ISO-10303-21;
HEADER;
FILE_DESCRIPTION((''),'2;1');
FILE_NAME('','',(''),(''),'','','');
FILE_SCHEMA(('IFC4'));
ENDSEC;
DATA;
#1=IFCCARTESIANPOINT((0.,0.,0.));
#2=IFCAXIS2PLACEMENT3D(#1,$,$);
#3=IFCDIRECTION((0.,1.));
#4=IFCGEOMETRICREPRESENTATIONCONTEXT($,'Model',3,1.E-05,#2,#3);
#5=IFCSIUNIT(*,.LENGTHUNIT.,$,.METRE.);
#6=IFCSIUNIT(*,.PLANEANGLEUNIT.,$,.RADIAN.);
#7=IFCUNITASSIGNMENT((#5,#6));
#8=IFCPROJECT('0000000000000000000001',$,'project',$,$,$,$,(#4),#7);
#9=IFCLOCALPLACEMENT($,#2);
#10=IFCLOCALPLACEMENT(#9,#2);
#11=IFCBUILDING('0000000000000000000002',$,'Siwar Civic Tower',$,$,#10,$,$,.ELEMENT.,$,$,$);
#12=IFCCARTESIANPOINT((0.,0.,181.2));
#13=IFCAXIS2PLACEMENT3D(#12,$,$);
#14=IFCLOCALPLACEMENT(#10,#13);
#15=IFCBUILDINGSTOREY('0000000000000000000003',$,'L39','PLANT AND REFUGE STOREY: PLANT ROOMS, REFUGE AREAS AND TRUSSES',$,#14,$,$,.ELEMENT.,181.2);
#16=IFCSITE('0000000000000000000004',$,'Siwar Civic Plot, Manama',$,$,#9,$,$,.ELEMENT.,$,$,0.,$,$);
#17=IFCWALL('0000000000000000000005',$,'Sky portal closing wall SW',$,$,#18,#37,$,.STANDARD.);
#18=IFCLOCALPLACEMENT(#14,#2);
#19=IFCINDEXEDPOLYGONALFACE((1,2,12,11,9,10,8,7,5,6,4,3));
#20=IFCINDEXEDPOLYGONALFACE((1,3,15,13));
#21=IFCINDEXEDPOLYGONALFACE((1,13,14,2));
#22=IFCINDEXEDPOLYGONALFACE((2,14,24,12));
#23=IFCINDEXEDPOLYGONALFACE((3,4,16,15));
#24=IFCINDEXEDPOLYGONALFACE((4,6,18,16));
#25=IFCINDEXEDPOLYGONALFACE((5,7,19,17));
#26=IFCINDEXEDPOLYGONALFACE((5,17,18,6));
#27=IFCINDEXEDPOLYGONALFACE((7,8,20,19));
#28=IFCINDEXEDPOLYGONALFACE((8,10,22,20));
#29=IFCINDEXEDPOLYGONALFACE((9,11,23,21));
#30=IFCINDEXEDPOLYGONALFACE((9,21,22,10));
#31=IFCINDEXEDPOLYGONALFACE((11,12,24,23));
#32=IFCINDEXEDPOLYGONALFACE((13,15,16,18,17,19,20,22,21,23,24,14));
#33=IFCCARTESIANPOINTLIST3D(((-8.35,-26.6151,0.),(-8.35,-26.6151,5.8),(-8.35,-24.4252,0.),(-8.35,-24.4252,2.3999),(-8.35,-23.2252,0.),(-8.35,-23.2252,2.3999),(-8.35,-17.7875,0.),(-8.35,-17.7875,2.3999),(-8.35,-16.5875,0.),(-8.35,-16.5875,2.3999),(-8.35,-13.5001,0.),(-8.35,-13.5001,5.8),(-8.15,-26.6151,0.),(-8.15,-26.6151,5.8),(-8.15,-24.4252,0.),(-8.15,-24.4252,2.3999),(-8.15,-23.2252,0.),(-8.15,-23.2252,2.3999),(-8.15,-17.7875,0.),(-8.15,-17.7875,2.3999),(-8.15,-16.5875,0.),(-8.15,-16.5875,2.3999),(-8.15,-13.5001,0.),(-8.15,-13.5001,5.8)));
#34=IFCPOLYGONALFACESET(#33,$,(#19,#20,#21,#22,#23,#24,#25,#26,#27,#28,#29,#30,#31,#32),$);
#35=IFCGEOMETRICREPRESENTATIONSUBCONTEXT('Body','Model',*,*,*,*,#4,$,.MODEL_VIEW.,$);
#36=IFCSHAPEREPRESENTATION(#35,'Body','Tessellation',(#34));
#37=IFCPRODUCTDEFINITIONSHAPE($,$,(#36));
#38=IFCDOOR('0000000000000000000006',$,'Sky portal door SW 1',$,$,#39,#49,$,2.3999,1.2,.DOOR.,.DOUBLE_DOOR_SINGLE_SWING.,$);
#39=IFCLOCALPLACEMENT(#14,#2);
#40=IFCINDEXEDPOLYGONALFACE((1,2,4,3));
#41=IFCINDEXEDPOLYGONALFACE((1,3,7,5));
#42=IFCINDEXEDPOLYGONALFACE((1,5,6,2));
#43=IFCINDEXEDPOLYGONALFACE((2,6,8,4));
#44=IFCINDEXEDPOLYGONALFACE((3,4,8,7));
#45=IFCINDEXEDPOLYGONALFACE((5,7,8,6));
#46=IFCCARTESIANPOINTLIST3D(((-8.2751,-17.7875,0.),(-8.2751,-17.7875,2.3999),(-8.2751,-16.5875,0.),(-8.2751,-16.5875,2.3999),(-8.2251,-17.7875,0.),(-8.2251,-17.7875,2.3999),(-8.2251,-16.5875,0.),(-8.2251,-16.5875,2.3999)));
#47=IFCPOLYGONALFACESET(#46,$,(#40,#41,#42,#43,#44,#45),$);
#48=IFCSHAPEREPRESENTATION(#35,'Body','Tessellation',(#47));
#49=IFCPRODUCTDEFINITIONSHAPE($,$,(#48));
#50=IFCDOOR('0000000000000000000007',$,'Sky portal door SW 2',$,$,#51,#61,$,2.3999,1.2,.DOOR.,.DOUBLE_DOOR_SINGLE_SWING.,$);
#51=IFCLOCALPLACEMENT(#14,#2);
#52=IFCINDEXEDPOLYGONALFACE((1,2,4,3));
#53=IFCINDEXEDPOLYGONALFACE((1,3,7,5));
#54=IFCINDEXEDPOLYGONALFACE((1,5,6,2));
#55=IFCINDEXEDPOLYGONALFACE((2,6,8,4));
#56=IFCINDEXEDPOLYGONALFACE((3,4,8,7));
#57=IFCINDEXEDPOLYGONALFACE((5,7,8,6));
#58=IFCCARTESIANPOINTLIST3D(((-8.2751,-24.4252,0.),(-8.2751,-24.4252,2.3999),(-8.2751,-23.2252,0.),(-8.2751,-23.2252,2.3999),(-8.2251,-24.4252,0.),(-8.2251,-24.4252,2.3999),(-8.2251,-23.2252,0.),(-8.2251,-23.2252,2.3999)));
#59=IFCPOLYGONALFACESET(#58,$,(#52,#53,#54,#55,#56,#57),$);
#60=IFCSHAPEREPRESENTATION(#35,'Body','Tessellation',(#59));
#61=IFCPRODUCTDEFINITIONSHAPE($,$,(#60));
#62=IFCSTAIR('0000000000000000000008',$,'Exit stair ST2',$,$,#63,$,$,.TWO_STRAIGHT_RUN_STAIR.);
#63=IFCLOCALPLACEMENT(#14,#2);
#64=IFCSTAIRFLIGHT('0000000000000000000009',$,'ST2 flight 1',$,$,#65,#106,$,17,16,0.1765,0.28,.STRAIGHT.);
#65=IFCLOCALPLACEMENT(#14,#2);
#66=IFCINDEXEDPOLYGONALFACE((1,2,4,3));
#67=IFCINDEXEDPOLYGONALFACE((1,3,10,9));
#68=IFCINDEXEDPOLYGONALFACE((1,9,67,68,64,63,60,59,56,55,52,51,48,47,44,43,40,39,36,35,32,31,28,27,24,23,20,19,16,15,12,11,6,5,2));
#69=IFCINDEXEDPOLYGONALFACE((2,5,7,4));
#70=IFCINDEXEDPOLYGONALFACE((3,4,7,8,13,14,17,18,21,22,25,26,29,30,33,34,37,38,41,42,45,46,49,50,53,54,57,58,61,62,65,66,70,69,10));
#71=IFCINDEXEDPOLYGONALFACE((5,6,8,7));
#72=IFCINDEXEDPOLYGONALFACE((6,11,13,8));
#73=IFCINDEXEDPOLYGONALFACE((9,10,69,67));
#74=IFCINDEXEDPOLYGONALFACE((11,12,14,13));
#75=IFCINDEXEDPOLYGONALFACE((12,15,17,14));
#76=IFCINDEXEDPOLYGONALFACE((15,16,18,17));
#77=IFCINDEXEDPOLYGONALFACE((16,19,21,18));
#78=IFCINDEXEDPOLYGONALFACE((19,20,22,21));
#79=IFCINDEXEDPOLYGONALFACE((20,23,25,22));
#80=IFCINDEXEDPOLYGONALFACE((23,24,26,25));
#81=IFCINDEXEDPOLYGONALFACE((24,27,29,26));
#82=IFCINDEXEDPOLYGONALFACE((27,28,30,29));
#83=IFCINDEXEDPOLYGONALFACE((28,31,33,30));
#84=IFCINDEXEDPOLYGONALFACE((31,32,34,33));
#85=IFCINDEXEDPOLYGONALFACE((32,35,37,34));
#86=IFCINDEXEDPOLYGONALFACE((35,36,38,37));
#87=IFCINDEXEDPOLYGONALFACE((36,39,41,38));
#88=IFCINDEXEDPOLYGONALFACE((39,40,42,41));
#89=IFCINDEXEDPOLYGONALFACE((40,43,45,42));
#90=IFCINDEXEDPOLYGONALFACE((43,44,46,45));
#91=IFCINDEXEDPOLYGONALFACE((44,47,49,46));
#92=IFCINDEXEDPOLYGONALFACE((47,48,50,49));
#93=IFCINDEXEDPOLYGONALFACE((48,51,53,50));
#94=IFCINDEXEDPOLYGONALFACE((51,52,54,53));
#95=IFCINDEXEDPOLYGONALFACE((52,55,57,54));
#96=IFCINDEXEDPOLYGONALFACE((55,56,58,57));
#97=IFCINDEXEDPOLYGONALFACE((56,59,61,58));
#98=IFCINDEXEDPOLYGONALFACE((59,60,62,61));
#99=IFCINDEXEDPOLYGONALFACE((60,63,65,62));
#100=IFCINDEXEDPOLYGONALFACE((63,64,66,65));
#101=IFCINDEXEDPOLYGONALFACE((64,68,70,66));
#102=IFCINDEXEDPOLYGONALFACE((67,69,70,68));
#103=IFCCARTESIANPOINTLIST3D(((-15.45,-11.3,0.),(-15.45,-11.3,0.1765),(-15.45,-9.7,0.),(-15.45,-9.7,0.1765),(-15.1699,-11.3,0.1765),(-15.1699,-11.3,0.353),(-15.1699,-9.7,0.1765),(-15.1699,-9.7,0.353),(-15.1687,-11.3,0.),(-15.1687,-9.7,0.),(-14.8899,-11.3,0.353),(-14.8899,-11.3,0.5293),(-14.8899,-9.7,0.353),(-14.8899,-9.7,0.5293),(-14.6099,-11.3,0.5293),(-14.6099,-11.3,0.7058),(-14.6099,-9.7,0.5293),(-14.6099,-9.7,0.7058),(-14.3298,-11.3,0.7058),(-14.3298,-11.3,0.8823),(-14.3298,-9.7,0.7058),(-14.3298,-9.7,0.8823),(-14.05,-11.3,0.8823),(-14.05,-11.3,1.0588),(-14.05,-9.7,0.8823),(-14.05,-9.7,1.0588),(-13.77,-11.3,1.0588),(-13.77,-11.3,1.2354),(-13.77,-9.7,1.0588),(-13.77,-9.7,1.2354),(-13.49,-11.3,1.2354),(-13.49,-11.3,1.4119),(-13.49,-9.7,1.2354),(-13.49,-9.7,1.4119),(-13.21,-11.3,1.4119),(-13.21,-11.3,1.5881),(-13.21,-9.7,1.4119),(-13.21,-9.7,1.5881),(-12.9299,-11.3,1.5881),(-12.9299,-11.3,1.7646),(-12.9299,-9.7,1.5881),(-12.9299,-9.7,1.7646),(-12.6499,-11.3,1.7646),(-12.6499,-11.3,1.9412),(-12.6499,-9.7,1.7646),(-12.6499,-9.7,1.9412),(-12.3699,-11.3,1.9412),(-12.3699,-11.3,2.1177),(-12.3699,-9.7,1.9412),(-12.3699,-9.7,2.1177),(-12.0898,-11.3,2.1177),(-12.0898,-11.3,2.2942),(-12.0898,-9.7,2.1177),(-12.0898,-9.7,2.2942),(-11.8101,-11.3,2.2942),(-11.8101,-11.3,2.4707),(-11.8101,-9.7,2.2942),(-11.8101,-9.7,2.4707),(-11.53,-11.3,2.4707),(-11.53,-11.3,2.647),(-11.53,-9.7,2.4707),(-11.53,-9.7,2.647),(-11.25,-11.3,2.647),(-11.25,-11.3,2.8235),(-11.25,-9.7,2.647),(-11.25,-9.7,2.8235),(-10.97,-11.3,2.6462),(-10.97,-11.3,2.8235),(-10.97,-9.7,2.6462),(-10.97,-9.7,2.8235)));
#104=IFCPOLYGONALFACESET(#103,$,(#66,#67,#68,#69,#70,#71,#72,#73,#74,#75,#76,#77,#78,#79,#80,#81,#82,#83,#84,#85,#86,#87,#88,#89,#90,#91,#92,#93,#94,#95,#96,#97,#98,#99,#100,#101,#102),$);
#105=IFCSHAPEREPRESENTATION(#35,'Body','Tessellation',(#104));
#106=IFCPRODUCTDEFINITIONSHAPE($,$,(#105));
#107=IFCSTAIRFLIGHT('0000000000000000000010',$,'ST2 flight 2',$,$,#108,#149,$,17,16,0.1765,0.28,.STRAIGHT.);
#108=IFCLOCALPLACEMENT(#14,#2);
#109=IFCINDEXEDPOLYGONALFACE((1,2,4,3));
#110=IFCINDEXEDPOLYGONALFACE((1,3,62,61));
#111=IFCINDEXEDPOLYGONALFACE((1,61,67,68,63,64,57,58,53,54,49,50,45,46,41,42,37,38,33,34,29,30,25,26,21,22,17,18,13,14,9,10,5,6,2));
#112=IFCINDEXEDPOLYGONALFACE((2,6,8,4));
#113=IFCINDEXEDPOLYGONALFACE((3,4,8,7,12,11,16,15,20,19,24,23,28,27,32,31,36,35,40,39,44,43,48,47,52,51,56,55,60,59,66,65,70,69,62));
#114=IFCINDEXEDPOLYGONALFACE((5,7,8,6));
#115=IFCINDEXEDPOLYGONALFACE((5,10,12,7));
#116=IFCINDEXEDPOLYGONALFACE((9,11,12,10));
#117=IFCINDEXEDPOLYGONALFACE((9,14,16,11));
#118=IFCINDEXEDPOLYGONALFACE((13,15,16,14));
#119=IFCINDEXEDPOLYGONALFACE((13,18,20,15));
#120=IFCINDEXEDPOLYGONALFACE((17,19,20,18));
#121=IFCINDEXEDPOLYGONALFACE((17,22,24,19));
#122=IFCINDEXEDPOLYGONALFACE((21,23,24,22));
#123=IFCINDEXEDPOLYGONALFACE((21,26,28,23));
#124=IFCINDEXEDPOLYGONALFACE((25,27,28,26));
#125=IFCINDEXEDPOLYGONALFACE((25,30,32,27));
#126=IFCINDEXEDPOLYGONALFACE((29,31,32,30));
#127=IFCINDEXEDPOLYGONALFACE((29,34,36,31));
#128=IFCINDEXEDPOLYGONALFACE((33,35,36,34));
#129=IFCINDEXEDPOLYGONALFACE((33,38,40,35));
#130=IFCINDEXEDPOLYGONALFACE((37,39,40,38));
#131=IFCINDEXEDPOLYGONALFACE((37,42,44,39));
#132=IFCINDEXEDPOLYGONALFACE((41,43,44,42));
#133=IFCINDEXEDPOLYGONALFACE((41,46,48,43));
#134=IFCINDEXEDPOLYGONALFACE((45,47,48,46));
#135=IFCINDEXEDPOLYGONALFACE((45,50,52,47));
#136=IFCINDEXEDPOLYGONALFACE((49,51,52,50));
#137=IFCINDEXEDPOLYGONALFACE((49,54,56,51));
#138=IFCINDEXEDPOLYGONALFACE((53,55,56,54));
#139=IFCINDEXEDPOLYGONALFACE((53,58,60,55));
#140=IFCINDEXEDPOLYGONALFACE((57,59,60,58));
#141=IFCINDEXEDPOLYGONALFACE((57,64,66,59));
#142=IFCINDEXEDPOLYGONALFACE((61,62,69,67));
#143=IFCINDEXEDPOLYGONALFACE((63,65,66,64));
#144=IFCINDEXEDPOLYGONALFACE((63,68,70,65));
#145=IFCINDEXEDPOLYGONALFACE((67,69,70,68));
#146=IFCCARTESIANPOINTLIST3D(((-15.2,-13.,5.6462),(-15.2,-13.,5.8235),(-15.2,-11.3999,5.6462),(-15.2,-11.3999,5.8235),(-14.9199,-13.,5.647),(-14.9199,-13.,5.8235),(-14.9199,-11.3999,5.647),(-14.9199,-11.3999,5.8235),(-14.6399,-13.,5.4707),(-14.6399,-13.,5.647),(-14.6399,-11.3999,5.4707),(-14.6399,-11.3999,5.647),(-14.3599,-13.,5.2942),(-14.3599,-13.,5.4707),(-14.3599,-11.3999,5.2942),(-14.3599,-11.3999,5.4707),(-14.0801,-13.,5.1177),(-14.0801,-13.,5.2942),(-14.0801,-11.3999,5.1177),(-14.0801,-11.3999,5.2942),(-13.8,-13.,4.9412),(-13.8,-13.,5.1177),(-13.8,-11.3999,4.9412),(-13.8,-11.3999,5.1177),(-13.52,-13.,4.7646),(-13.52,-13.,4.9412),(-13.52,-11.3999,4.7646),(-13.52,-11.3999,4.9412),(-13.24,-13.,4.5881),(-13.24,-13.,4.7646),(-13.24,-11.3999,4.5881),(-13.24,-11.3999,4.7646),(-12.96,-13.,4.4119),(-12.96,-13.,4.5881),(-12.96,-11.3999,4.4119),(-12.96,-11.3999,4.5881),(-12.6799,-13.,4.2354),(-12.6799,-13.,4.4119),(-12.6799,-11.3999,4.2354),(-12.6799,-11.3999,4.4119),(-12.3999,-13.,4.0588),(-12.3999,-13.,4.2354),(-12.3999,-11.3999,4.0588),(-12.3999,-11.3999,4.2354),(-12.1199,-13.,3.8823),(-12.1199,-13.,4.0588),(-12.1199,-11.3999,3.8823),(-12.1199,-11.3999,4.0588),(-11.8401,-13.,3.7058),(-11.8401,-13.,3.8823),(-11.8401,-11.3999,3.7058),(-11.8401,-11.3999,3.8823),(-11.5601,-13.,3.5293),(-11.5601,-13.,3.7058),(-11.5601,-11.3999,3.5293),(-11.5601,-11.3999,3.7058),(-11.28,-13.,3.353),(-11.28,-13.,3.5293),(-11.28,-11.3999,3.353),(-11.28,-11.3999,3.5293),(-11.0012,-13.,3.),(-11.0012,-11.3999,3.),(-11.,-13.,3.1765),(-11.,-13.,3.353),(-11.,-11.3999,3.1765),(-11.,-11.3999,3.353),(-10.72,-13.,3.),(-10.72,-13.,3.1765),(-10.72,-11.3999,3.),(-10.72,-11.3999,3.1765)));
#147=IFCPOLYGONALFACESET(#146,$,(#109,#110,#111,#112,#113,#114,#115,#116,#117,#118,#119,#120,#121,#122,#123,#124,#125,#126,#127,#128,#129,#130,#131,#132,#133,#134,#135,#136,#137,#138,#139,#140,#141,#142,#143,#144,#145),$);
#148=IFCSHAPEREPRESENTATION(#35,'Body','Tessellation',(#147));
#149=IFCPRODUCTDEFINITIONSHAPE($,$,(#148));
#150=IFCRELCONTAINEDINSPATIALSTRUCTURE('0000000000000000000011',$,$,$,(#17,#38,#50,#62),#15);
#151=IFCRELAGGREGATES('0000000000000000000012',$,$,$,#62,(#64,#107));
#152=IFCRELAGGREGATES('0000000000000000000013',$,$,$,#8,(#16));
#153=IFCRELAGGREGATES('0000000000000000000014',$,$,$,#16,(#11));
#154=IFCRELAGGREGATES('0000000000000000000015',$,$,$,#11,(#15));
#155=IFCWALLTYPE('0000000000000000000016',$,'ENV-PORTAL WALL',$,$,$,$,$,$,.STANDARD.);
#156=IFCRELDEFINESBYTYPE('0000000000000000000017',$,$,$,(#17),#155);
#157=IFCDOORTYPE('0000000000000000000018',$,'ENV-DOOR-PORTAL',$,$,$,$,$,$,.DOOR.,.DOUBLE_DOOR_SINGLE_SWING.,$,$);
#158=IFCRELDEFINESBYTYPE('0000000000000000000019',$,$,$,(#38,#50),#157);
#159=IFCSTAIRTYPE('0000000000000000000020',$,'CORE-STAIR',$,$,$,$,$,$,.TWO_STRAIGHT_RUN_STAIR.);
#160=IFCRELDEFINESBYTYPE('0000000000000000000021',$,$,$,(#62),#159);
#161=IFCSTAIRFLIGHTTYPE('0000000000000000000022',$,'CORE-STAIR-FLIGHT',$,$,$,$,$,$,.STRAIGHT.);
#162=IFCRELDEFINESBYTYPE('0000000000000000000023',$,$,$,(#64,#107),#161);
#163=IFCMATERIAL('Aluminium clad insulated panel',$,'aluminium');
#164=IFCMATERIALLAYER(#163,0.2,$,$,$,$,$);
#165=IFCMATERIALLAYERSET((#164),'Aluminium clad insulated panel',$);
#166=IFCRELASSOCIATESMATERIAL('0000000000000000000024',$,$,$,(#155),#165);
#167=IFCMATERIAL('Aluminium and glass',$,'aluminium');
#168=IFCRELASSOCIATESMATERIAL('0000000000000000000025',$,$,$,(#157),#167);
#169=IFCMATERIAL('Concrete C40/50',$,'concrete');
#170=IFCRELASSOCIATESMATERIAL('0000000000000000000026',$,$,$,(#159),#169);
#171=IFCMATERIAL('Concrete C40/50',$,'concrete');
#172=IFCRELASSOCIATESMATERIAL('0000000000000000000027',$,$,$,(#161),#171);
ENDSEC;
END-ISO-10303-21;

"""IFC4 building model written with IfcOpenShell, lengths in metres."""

from ifc_helpers import new_model, si_unit, direction, frame, frame_2d, origin, place, context, subcontext, project, spatial, polyline, rectangle, outline, extrude, material, layer, layer_set, type_object, element, fill, aggregate, save


model = new_model("IFC4")

# Units and contexts
model_context = context("Model", 3, precision=1e-05, world=origin(), true_north=direction((0.0, 1.0)))
body_context = subcontext(model_context, "Body", "Model", "MODEL_VIEW")
ifc_project = project(units=[si_unit("LENGTHUNIT", "METRE"), si_unit("PLANEANGLEUNIT", "RADIAN")], contexts=[model_context])

# Site, building, storey
site_placement = place(None, origin())
site = spatial("IfcSite", under=ifc_project, at=site_placement, Name="Siwar Civic Plot, Manama", CompositionType="ELEMENT", RefElevation=0.0)
building_placement = place(site_placement, origin())
building = spatial("IfcBuilding", under=site, at=building_placement, Name="Siwar Civic Tower", CompositionType="ELEMENT")
storey_placement = place(building_placement, frame((0.0, 0.0, 181.2)))
storey = spatial("IfcBuildingStorey", under=building, at=storey_placement, Name="L39", Description="PLANT AND REFUGE STOREY: PLANT ROOMS, REFUGE AREAS AND TRUSSES", CompositionType="ELEMENT", Elevation=181.2)

# Wall, openings, doors
ifc_material_1 = material(Name="Aluminium clad insulated panel", Category="aluminium")
ifc_layer_1 = layer(ifc_material_1, 0.2)
ifc_layer_set_1 = layer_set([ifc_layer_1], Name="Aluminium clad insulated panel")
wall_type_1 = type_object("IfcWallType", Name="ENV-PORTAL WALL", PredefinedType="STANDARD", material=ifc_layer_set_1)
wall_1_placement = place(storey_placement, frame((-8.25, -13.5, 0.0), z_axis=(0.0, 0.0, 1.0), x_axis=(0.0, -1.0, 0.0)))
wall_1 = element("IfcWall", 1, at=wall_1_placement, inside=storey, type_object=wall_type_1, Name="Sky portal closing wall SW", PredefinedType="STANDARD", context=body_context, shape_type="SweptSolid", body=[
    extrude(rectangle(XDim=13.115, YDim=0.2, at=frame_2d((6.5576, 0.0))), origin(), (0.0, 0.0, 1.0), 5.8),
])
opening_1_placement = place(wall_1_placement, frame((3.0874, 0.0, 0.0)))
opening_1 = element("IfcOpeningElement", 2, at=opening_1_placement, cuts=wall_1, PredefinedType="OPENING", context=body_context, shape_type="SweptSolid", body=[
    extrude(rectangle(XDim=1.2, YDim=2.3999, at=frame_2d((0.6001, 1.2))), frame((0.0, 0.1099, 0.0), z_axis=(0.0, -1.0, 0.0), x_axis=(1.0, 0.0, 0.0)), (0.0, 0.0, 1.0), 0.22),
])
opening_2_placement = place(wall_1_placement, frame((9.7251, 0.0, 0.0)))
opening_2 = element("IfcOpeningElement", 3, at=opening_2_placement, cuts=wall_1, PredefinedType="OPENING", context=body_context, shape_type="SweptSolid", body=[
    extrude(rectangle(XDim=1.2, YDim=2.3999, at=frame_2d((0.6001, 1.2))), frame((0.0, 0.1099, 0.0), z_axis=(0.0, -1.0, 0.0), x_axis=(1.0, 0.0, 0.0)), (0.0, 0.0, 1.0), 0.22),
])
ifc_material_2 = material(Name="Aluminium and glass", Category="aluminium")
door_type = type_object("IfcDoorType", Name="ENV-DOOR-PORTAL", OperationType="DOUBLE_DOOR_SINGLE_SWING", PredefinedType="DOOR", material=ifc_material_2)
door_1_placement = place(opening_1_placement, origin())
door_1 = element("IfcDoor", 4, at=door_1_placement, inside=storey, type_object=door_type, Name="Sky portal door SW 1", OperationType="DOUBLE_DOOR_SINGLE_SWING", OverallHeight=2.3999, OverallWidth=1.2, PredefinedType="DOOR", context=body_context, shape_type="SweptSolid", body=[
    extrude(rectangle(XDim=1.2, YDim=2.3999, at=frame_2d((0.6001, 1.2))), frame((0.0, 0.0249, 0.0), z_axis=(0.0, -1.0, 0.0), x_axis=(1.0, 0.0, 0.0)), (0.0, 0.0, 1.0), 0.05),
])
fill(opening_1, door_1)
door_2_placement = place(opening_2_placement, origin())
door_2 = element("IfcDoor", 5, at=door_2_placement, inside=storey, type_object=door_type, Name="Sky portal door SW 2", OperationType="DOUBLE_DOOR_SINGLE_SWING", OverallHeight=2.3999, OverallWidth=1.2, PredefinedType="DOOR", context=body_context, shape_type="SweptSolid", body=[
    extrude(rectangle(XDim=1.2, YDim=2.3999, at=frame_2d((0.6001, 1.2))), frame((0.0, 0.0249, 0.0), z_axis=(0.0, -1.0, 0.0), x_axis=(1.0, 0.0, 0.0)), (0.0, 0.0, 1.0), 0.05),
])
fill(opening_2, door_2)

# Stair, stair flights
ifc_material_3 = material(Name="Concrete C40/50", Category="concrete")
stair_type = type_object("IfcStairType", Name="CORE-STAIR", PredefinedType="TWO_STRAIGHT_RUN_STAIR", material=ifc_material_3)
stair_placement = place(storey_placement, origin())
stair = element("IfcStair", 6, at=stair_placement, inside=storey, type_object=stair_type, Name="Exit stair ST2", PredefinedType="TWO_STRAIGHT_RUN_STAIR")
ifc_material_4 = material(Name="Concrete C40/50", Category="concrete")
stair_flight_type = type_object("IfcStairFlightType", Name="CORE-STAIR-FLIGHT", PredefinedType="STRAIGHT", material=ifc_material_4)
stair_flight_1_placement = place(storey_placement, frame((-15.45, -10.5, 0.0), z_axis=(0.0, 0.0, 1.0), x_axis=(1.0, 0.0, 0.0)))
stair_flight_1 = element("IfcStairFlight", 7, at=stair_flight_1_placement, type_object=stair_flight_type, Name="ST2 flight 1", NumberOfRisers=17, NumberOfTreads=16, PredefinedType="STRAIGHT", RiserHeight=0.1765, TreadLength=0.28, context=body_context, shape_type="SweptSolid", body=[
    extrude(outline(polyline([(0.0, 0.0), (0.0, 0.1765), (0.28, 0.1765), (0.28, 0.353), (0.5601, 0.353), (0.5601, 0.5293), (0.8401, 0.5293), (0.8401, 0.7058), (1.1201, 0.7058), (1.1201, 0.8823), (1.3999, 0.8823), (1.3999, 1.0588), (1.6799, 1.0588), (1.6799, 1.2354), (1.96, 1.2354), (1.96, 1.4119), (2.24, 1.4119), (2.24, 1.5881), (2.52, 1.5881), (2.52, 1.7646), (2.8, 1.7646), (2.8, 1.9412), (3.0801, 1.9412), (3.0801, 2.1177), (3.3601, 2.1177), (3.3601, 2.2942), (3.6399, 2.2942), (3.6399, 2.4707), (3.9199, 2.4707), (3.9199, 2.647), (4.2, 2.647), (4.2, 2.8235), (4.48, 2.8235), (4.48, 3.0), (4.48, 2.6462), (0.2812, 0.0), (0.0, 0.0)])), frame((0.0, 0.8, 0.0), z_axis=(0.0, -1.0, 0.0), x_axis=(1.0, 0.0, 0.0)), (0.0, 0.0, 1.0), 1.6001),
])
stair_flight_2_placement = place(storey_placement, frame((-10.72, -12.2, 3.0), z_axis=(0.0, 0.0, 1.0), x_axis=(-1.0, 0.0, 0.0)))
stair_flight_2 = element("IfcStairFlight", 8, at=stair_flight_2_placement, type_object=stair_flight_type, Name="ST2 flight 2", NumberOfRisers=17, NumberOfTreads=16, PredefinedType="STRAIGHT", RiserHeight=0.1765, TreadLength=0.28, context=body_context, shape_type="SweptSolid", body=[
    extrude(outline(polyline([(0.0, 0.0), (0.0, 0.1765), (0.28, 0.1765), (0.28, 0.353), (0.5601, 0.353), (0.5601, 0.5293), (0.8401, 0.5293), (0.8401, 0.7058), (1.1201, 0.7058), (1.1201, 0.8823), (1.3999, 0.8823), (1.3999, 1.0588), (1.6799, 1.0588), (1.6799, 1.2354), (1.96, 1.2354), (1.96, 1.4119), (2.24, 1.4119), (2.24, 1.5881), (2.52, 1.5881), (2.52, 1.7646), (2.8, 1.7646), (2.8, 1.9412), (3.0801, 1.9412), (3.0801, 2.1177), (3.3601, 2.1177), (3.3601, 2.2942), (3.6399, 2.2942), (3.6399, 2.4707), (3.9199, 2.4707), (3.9199, 2.647), (4.2, 2.647), (4.2, 2.8235), (4.48, 2.8235), (4.48, 3.0), (4.48, 2.6462), (0.2812, 0.0), (0.0, 0.0)])), frame((0.0, 0.8, 0.0), z_axis=(0.0, -1.0, 0.0), x_axis=(1.0, 0.0, 0.0)), (0.0, 0.0, 1.0), 1.6001),
])
aggregate(stair, [stair_flight_1, stair_flight_2])

save(model, "model.ifc")
